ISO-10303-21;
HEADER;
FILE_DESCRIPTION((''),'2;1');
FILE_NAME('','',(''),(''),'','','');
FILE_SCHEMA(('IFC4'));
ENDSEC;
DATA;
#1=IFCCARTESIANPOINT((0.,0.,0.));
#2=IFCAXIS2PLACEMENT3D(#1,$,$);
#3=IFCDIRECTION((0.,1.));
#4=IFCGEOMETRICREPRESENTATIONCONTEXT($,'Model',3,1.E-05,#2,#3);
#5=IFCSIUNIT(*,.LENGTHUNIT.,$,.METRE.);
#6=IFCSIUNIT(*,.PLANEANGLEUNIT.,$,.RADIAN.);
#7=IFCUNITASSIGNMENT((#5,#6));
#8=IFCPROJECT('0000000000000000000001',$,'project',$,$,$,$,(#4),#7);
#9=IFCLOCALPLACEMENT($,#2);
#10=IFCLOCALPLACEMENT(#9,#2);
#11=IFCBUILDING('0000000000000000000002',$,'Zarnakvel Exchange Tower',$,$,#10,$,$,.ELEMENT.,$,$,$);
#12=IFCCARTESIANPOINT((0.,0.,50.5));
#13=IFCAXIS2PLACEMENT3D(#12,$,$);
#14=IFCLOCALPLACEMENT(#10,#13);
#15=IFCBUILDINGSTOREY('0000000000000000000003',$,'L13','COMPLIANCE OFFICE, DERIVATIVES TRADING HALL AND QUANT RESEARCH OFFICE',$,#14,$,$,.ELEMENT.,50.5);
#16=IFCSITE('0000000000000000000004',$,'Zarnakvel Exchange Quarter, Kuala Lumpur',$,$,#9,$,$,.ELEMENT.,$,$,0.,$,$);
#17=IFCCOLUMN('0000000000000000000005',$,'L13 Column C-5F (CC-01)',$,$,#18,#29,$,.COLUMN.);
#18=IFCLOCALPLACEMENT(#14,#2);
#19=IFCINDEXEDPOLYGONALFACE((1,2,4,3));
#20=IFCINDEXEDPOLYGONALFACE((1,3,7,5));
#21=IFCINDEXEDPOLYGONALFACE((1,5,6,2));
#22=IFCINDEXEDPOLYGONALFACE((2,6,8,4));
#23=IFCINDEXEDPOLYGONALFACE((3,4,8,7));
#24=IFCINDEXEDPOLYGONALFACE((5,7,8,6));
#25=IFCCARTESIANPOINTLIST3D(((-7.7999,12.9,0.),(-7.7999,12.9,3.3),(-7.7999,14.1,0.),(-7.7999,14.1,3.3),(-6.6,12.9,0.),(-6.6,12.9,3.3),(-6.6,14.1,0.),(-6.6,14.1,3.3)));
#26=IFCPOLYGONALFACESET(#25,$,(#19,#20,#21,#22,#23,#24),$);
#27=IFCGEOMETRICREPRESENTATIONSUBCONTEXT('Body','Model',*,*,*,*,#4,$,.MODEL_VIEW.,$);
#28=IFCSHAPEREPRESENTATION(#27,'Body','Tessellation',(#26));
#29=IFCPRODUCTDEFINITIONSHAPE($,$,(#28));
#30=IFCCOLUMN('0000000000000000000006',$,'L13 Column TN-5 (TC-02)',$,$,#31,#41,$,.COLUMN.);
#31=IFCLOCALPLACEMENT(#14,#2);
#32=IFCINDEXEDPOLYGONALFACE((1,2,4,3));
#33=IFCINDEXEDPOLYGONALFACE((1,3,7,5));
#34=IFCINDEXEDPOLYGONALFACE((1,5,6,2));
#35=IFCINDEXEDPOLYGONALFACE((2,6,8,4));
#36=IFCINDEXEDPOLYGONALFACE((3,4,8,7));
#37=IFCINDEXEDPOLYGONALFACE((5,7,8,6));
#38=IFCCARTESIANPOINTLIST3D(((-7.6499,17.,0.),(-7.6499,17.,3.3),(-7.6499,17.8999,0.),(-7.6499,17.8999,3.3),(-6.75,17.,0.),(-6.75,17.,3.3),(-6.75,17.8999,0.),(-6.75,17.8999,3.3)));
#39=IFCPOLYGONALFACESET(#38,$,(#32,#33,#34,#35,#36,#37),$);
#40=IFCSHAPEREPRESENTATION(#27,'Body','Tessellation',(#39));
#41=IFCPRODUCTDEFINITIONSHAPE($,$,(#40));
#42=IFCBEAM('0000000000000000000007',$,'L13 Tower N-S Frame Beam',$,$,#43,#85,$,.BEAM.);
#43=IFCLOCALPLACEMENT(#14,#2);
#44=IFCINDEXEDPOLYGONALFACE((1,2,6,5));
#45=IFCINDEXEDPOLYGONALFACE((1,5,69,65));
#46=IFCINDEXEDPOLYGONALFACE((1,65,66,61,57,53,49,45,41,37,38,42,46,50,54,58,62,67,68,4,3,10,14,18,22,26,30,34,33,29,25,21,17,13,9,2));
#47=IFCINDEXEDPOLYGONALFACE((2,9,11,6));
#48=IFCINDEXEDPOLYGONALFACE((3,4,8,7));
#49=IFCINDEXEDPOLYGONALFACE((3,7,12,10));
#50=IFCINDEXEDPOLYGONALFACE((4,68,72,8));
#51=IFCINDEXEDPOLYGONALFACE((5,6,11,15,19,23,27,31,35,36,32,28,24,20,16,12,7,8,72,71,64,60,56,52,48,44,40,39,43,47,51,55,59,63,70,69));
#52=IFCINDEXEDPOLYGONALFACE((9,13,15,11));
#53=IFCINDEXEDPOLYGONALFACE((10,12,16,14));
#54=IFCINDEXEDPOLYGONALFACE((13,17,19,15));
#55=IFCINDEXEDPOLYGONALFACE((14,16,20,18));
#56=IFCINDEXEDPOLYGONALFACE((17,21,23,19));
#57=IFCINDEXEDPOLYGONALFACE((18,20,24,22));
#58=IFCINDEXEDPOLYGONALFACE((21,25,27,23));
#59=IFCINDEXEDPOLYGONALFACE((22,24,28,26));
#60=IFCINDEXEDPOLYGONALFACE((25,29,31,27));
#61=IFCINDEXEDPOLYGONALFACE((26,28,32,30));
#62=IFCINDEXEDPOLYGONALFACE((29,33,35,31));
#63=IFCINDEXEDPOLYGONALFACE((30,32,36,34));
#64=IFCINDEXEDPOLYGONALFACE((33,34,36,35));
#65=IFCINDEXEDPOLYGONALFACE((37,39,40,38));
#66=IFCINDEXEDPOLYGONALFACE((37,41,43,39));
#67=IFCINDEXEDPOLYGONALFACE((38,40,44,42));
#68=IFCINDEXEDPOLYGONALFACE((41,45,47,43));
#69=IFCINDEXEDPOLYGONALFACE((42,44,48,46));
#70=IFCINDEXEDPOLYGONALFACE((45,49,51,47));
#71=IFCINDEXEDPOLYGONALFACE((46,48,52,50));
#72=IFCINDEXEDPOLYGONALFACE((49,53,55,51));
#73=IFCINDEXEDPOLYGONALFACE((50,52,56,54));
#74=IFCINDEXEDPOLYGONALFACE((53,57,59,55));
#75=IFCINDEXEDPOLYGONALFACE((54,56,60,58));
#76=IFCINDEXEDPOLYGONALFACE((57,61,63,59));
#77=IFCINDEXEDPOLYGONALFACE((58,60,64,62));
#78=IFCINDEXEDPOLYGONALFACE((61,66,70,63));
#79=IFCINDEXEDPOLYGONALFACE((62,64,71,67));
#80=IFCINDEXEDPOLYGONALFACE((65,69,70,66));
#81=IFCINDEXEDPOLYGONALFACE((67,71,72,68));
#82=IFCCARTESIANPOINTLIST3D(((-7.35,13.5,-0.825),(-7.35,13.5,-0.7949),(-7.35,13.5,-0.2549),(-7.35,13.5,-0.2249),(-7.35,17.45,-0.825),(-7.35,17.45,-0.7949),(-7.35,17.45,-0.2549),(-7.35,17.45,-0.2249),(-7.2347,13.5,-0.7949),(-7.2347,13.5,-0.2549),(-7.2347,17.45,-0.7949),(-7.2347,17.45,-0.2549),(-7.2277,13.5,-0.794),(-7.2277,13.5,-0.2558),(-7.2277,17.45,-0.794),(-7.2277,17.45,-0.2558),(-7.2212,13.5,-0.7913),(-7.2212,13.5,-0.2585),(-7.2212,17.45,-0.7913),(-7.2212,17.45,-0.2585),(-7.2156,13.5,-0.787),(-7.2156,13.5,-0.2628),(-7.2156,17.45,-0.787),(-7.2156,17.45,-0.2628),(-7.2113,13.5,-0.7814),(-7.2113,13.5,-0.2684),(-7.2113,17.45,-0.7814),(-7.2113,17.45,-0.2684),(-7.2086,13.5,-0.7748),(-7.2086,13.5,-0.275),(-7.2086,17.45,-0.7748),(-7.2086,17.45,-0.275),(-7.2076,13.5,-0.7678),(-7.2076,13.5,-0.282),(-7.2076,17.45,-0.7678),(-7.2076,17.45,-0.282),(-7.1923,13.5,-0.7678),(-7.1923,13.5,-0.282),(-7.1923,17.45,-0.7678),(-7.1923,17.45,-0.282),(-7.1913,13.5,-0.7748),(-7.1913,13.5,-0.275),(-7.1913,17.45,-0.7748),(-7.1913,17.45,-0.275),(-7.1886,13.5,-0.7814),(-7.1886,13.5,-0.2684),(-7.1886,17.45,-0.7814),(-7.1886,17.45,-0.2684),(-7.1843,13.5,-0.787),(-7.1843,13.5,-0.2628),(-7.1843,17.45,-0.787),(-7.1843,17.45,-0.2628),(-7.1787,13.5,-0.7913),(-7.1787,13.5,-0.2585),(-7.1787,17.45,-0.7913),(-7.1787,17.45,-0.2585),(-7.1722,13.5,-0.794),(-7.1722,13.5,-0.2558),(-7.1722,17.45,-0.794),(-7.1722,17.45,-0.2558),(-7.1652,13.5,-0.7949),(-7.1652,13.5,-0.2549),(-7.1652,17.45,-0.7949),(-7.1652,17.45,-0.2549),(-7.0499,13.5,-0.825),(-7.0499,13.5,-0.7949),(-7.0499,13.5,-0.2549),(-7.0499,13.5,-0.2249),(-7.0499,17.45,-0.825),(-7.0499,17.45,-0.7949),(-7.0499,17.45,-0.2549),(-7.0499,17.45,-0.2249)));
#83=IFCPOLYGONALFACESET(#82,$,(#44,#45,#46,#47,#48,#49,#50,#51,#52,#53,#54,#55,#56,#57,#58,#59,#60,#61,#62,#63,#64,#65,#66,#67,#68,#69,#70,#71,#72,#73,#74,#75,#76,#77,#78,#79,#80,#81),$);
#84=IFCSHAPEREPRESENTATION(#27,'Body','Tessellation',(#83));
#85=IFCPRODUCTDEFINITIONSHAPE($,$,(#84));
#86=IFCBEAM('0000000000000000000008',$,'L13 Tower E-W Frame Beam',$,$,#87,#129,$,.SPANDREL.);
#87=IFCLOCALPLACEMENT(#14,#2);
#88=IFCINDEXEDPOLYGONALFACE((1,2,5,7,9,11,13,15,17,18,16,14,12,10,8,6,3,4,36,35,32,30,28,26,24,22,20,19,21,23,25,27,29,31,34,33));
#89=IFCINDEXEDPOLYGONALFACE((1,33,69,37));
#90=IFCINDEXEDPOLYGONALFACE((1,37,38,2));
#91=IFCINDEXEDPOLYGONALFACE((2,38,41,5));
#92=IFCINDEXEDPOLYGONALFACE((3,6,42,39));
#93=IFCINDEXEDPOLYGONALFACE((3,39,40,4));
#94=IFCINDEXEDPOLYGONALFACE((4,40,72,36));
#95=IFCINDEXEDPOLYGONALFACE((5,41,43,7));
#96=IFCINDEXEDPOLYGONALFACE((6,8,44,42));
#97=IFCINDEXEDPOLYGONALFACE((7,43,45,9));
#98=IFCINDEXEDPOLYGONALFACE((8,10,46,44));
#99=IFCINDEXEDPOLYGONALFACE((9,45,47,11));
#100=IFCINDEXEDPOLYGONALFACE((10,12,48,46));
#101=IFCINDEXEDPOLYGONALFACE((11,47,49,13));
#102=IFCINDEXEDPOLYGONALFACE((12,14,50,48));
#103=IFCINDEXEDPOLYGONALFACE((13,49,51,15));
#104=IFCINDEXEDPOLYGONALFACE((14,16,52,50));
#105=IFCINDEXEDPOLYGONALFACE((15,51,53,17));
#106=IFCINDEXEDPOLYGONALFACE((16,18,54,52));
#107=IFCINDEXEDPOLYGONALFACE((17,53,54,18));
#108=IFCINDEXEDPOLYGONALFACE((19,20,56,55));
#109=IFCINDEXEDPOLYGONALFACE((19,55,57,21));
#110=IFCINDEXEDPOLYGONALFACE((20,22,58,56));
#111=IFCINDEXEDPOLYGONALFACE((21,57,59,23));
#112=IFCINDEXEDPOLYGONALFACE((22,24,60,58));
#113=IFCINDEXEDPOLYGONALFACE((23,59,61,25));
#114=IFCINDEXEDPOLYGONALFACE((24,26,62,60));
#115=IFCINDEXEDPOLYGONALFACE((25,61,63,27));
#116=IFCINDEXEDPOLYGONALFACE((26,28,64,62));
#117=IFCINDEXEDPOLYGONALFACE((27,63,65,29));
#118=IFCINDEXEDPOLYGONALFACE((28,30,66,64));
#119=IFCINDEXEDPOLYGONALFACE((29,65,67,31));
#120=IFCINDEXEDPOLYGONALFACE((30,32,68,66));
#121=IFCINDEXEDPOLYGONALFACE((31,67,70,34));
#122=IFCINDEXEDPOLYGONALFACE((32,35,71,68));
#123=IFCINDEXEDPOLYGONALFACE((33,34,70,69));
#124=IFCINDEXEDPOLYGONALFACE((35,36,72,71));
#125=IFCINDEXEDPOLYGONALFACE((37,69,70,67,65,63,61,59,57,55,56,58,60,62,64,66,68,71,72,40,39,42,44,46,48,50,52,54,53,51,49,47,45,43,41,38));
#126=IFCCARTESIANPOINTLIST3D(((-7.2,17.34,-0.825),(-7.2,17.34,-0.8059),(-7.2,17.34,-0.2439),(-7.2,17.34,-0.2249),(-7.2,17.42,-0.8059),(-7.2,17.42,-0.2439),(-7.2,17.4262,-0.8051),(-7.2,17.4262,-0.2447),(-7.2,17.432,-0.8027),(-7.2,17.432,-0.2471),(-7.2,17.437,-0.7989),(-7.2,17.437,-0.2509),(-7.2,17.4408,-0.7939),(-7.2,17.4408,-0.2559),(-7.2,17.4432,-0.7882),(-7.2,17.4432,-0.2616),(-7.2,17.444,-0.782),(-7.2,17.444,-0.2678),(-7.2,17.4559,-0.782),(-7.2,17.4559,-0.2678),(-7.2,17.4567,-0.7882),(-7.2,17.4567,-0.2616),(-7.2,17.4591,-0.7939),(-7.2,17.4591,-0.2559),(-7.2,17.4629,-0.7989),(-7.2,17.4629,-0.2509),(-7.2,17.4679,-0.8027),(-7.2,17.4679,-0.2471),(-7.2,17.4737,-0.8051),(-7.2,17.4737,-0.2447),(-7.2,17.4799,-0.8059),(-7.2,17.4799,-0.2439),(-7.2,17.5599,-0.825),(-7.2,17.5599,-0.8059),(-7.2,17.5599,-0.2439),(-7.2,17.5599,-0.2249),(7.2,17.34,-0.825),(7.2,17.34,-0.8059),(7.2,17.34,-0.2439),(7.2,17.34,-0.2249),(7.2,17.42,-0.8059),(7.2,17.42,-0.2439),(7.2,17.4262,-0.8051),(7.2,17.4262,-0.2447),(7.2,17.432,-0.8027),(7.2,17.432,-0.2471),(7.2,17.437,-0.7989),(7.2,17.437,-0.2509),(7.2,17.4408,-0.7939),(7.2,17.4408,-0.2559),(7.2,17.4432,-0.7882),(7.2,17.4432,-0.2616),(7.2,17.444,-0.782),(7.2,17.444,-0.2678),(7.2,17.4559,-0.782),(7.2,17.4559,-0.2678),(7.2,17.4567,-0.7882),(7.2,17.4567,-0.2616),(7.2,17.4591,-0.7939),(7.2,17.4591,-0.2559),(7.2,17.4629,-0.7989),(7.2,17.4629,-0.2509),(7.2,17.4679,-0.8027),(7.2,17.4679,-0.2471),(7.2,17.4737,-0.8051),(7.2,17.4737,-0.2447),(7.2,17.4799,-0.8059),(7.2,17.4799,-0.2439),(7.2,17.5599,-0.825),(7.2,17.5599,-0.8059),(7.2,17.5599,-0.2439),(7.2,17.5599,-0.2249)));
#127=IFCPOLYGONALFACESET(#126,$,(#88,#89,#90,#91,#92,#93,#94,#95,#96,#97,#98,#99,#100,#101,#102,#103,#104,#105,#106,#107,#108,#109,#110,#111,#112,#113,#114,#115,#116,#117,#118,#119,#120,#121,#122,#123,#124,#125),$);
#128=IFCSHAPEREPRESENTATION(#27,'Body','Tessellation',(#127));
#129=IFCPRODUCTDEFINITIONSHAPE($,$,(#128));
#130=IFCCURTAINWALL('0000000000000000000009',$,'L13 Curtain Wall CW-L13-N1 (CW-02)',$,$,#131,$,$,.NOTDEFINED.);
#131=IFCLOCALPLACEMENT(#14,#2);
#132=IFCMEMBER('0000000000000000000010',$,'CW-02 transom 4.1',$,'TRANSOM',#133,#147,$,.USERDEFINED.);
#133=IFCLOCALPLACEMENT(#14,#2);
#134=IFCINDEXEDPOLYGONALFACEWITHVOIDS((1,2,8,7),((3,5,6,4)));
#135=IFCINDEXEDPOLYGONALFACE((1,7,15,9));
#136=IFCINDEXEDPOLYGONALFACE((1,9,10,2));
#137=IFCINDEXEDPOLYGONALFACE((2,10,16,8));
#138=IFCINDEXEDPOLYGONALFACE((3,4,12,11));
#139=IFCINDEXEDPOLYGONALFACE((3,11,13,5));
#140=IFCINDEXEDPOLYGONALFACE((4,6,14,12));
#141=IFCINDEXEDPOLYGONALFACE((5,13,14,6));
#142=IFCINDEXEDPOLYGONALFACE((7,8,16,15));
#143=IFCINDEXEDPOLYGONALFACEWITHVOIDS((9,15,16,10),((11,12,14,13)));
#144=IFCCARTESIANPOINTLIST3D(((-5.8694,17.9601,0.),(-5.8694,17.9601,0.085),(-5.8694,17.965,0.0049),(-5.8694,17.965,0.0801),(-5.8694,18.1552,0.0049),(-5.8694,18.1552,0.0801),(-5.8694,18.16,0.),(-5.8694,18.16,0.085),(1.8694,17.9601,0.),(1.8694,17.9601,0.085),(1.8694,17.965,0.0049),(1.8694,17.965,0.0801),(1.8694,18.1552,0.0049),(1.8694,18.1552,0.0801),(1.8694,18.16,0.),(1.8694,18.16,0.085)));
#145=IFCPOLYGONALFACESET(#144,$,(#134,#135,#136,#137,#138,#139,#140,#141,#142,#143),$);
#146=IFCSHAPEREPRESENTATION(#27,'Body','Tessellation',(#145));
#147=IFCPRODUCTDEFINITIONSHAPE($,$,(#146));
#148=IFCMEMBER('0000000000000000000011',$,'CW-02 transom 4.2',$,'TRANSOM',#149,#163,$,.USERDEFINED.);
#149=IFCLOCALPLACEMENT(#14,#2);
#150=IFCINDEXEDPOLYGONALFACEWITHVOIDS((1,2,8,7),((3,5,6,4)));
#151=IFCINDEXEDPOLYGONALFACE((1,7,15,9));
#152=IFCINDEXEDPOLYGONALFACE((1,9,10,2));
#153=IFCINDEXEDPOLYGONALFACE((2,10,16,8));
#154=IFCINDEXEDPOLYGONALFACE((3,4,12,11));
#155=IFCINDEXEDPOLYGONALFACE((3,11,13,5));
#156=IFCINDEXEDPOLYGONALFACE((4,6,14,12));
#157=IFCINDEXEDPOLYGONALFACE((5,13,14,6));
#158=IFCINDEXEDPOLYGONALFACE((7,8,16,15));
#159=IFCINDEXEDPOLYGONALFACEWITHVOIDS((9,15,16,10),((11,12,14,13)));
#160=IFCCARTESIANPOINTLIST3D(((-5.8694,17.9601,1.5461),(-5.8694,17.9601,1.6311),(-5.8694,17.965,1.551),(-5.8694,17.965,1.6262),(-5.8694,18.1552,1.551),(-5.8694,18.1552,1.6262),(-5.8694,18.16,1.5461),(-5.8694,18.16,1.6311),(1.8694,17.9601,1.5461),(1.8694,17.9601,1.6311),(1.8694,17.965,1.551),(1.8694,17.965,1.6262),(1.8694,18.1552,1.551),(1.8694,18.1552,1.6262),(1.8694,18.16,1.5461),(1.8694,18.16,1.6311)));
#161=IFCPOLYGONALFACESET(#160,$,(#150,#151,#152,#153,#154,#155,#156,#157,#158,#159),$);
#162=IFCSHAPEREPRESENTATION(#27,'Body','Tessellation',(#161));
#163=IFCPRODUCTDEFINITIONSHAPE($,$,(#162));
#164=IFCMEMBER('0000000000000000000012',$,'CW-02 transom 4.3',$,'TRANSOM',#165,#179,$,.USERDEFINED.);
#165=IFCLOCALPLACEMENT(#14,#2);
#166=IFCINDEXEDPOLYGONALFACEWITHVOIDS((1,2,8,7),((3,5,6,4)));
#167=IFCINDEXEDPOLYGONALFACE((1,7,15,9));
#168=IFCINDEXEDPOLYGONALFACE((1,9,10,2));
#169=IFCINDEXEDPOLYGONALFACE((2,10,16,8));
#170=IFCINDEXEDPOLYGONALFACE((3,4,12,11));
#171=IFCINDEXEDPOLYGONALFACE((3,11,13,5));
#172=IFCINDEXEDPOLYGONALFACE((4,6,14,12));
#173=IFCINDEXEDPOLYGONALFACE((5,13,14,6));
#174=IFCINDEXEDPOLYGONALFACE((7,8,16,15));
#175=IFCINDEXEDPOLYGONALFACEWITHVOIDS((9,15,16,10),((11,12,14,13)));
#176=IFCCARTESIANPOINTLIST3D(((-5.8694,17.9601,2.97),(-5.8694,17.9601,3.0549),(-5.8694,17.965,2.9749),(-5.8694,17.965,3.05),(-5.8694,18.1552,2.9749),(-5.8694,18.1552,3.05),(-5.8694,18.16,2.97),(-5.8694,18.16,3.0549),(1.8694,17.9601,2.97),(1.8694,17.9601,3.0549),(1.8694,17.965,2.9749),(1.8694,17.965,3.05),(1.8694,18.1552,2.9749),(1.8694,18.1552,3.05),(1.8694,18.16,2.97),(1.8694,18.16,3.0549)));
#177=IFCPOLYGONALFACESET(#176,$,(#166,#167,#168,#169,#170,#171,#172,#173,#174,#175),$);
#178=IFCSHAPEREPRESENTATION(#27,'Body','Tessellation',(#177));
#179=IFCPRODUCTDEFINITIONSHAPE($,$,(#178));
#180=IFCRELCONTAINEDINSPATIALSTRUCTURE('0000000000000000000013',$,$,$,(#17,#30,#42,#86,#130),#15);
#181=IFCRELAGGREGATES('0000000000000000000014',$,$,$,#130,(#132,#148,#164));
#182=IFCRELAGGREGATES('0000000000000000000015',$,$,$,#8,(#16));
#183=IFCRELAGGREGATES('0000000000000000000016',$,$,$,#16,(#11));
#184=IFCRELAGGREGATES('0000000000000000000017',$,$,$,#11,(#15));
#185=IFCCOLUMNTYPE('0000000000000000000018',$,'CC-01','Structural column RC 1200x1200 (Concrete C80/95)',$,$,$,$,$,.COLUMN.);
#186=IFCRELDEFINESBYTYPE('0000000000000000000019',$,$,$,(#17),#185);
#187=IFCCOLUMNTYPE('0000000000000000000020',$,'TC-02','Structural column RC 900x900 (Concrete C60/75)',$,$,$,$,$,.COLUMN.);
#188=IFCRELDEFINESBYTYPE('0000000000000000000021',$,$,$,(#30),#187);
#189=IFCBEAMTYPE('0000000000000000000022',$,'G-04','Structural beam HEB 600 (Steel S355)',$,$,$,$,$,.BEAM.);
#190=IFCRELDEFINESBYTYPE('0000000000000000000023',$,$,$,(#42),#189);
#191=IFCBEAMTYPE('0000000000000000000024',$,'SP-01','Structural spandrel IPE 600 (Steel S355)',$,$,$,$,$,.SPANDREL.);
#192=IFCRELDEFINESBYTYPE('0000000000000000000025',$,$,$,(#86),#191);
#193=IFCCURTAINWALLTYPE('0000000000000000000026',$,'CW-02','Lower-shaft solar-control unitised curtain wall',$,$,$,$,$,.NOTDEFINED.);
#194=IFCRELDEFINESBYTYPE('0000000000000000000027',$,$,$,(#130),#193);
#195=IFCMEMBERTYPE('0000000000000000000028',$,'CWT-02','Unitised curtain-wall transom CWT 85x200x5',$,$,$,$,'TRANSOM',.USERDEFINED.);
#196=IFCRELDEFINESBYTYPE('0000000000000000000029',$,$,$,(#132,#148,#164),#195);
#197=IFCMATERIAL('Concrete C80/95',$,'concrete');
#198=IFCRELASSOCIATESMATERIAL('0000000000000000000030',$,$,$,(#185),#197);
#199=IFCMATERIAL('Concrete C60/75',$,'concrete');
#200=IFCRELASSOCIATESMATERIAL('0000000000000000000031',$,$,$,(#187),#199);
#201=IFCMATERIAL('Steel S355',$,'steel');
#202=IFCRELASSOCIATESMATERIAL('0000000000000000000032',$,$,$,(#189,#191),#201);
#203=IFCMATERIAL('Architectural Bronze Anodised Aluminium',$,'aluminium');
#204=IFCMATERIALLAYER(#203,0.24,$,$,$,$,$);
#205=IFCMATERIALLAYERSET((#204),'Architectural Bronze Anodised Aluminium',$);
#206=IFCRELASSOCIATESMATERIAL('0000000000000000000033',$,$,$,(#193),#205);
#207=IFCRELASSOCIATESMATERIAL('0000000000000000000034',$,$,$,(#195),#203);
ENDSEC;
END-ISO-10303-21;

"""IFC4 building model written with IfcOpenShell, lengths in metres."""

from ifc_helpers import new_model, si_unit, direction, frame, origin, origin_2d, place, context, subcontext, project, spatial, rectangle, hollow_rectangle, i_section, extrude, source, transform, mapped, material, layer, layer_set, material_profile, profile_set, type_object, element, aggregate, save


model = new_model("IFC4")

# Units and contexts
model_context = context("Model", 3, precision=1e-05, world=origin(), true_north=direction((0.0, 1.0)))
body_context = subcontext(model_context, "Body", "Model", "MODEL_VIEW")
ifc_project = project(units=[si_unit("LENGTHUNIT", "METRE"), si_unit("PLANEANGLEUNIT", "RADIAN")], contexts=[model_context])

# Site, building, storey
site_placement = place(None, origin())
site = spatial("IfcSite", under=ifc_project, at=site_placement, Name="Zarnakvel Exchange Quarter, Kuala Lumpur", CompositionType="ELEMENT", RefElevation=0.0)
building_placement = place(site_placement, origin())
building = spatial("IfcBuilding", under=site, at=building_placement, Name="Zarnakvel Exchange Tower", CompositionType="ELEMENT")
storey_placement = place(building_placement, frame((0.0, 0.0, 50.5)))
storey = spatial("IfcBuildingStorey", under=building, at=storey_placement, Name="L13", Description="COMPLIANCE OFFICE, DERIVATIVES TRADING HALL AND QUANT RESEARCH OFFICE", CompositionType="ELEMENT", Elevation=50.5)

# Columns
ifc_material_1 = material(Name="Concrete C80/95", Category="concrete")
ifc_material_profile_1 = material_profile(ifc_material_1, rectangle(XDim=1.2, YDim=1.2, at=origin_2d()))
ifc_profile_set_1 = profile_set([ifc_material_profile_1], Name="Concrete C80/95")
column_type_1 = type_object("IfcColumnType", Name="CC-01", Description="Structural column RC 1200x1200 (Concrete C80/95)", PredefinedType="COLUMN", material=ifc_profile_set_1)
column_1_placement = place(storey_placement, frame((-7.2, 13.5, 0.0), z_axis=(0.0, 0.0, 1.0), x_axis=(1.0, 0.0, 0.0)))
element("IfcColumn", 1, at=column_1_placement, inside=storey, type_object=column_type_1, Name="L13 Column C-5F (CC-01)", PredefinedType="COLUMN", context=body_context, shape_type="SweptSolid", body=[
    extrude(rectangle(XDim=1.2, YDim=1.2, at=origin_2d()), origin(), (0.0, 0.0, 1.0), 3.3),
])
ifc_material_2 = material(Name="Concrete C60/75", Category="concrete")
ifc_material_profile_2 = material_profile(ifc_material_2, rectangle(XDim=0.8999, YDim=0.8999, at=origin_2d()))
ifc_profile_set_2 = profile_set([ifc_material_profile_2], Name="Concrete C60/75")
column_type_2 = type_object("IfcColumnType", Name="TC-02", Description="Structural column RC 900x900 (Concrete C60/75)", PredefinedType="COLUMN", material=ifc_profile_set_2)
column_2_placement = place(storey_placement, frame((-7.2, 17.45, 0.0), z_axis=(0.0, 0.0, 1.0), x_axis=(1.0, 0.0, 0.0)))
element("IfcColumn", 2, at=column_2_placement, inside=storey, type_object=column_type_2, Name="L13 Column TN-5 (TC-02)", PredefinedType="COLUMN", context=body_context, shape_type="SweptSolid", body=[
    extrude(rectangle(XDim=0.8999, YDim=0.8999, at=origin_2d()), origin(), (0.0, 0.0, 1.0), 3.3),
])

# Beams
ifc_material_3 = material(Name="Steel S355", Category="steel")
ifc_material_profile_3 = material_profile(ifc_material_3, i_section(OverallWidth=0.3, OverallDepth=0.6001, WebThickness=0.0154, FlangeThickness=0.03, FilletRadius=0.0271, at=origin_2d()))
ifc_profile_set_3 = profile_set([ifc_material_profile_3], Name="Steel S355")
beam_type_1 = type_object("IfcBeamType", Name="G-04", Description="Structural beam HEB 600 (Steel S355)", PredefinedType="BEAM", material=ifc_profile_set_3)
beam_1_placement = place(storey_placement, frame((-7.2, 13.5, -0.5249), z_axis=(0.0, 1.0, 0.0), x_axis=(-1.0, 0.0, 0.0)))
element("IfcBeam", 3, at=beam_1_placement, inside=storey, type_object=beam_type_1, Name="L13 Tower N-S Frame Beam", PredefinedType="BEAM", context=body_context, shape_type="SweptSolid", body=[
    extrude(i_section(OverallWidth=0.3, OverallDepth=0.6001, WebThickness=0.0154, FlangeThickness=0.03, FilletRadius=0.0271, at=origin_2d()), origin(), (0.0, 0.0, 1.0), 3.95),
])
ifc_material_profile_4 = material_profile(ifc_material_3, i_section(OverallWidth=0.22, OverallDepth=0.6001, WebThickness=0.012, FlangeThickness=0.019, FilletRadius=0.0239, at=origin_2d()))
ifc_profile_set_4 = profile_set([ifc_material_profile_4], Name="Steel S355")
beam_type_2 = type_object("IfcBeamType", Name="SP-01", Description="Structural spandrel IPE 600 (Steel S355)", PredefinedType="SPANDREL", material=ifc_profile_set_4)
beam_2_placement = place(storey_placement, frame((-7.2, 17.45, -0.5249), z_axis=(1.0, 0.0, 0.0), x_axis=(0.0, 1.0, 0.0)))
element("IfcBeam", 4, at=beam_2_placement, inside=storey, type_object=beam_type_2, Name="L13 Tower E-W Frame Beam", PredefinedType="SPANDREL", context=body_context, shape_type="SweptSolid", body=[
    extrude(i_section(OverallWidth=0.22, OverallDepth=0.6001, WebThickness=0.012, FlangeThickness=0.019, FilletRadius=0.0239, at=origin_2d()), origin(), (0.0, 0.0, 1.0), 14.3999),
])

# Curtain wall, members
ifc_material_4 = material(Name="Architectural Bronze Anodised Aluminium", Category="aluminium")
ifc_layer_1 = layer(ifc_material_4, 0.24)
ifc_layer_set_1 = layer_set([ifc_layer_1], Name="Architectural Bronze Anodised Aluminium")
curtain_wall_type = type_object("IfcCurtainWallType", Name="CW-02", Description="Lower-shaft solar-control unitised curtain wall", PredefinedType="NOTDEFINED", material=ifc_layer_set_1)
curtain_wall_placement = place(storey_placement, origin())
curtain_wall = element("IfcCurtainWall", 5, at=curtain_wall_placement, inside=storey, type_object=curtain_wall_type, Name="L13 Curtain Wall CW-L13-N1 (CW-02)", PredefinedType="NOTDEFINED")
ifc_material_profile_5 = material_profile(ifc_material_4, hollow_rectangle(XDim=0.2, YDim=0.085, WallThickness=0.0049, at=origin_2d()))
ifc_profile_set_5 = profile_set([ifc_material_profile_5], Name="Architectural Bronze Anodised Aluminium")
member_type_1 = type_object("IfcMemberType", Name="CWT-02", Description="Unitised curtain-wall transom CWT 85x200x5", ElementType="TRANSOM", PredefinedType="USERDEFINED", material=ifc_profile_set_5)
shared_shape_1 = source(origin(), body_context, "Body", "SweptSolid", [
    extrude(hollow_rectangle(XDim=0.2, YDim=0.085, WallThickness=0.0049, at=origin_2d()), origin(), (0.0, 0.0, 1.0), 7.7388),
])
member_1_placement = place(storey_placement, frame((-5.8694, 18.0601, 0.0425), z_axis=(1.0, 0.0, 0.0), x_axis=(0.0, 1.0, 0.0)))
member_1 = element("IfcMember", 6, at=member_1_placement, type_object=member_type_1, Name="CW-02 transom 4.1", ObjectType="TRANSOM", PredefinedType="USERDEFINED", context=body_context, shape_type="MappedRepresentation", body=[
    mapped(shared_shape_1, transform((0.0, 0.0, 0.0), x_axis=(1.0, 0.0, 0.0), y_axis=(0.0, 1.0, 0.0), z_axis=(0.0, 0.0, 1.0), scale=1.0)),
])
member_2_placement = place(storey_placement, frame((-5.8694, 18.0601, 1.5886), z_axis=(1.0, 0.0, 0.0), x_axis=(0.0, 1.0, 0.0)))
member_2 = element("IfcMember", 7, at=member_2_placement, type_object=member_type_1, Name="CW-02 transom 4.2", ObjectType="TRANSOM", PredefinedType="USERDEFINED", context=body_context, shape_type="MappedRepresentation", body=[
    mapped(shared_shape_1, transform((0.0, 0.0, 0.0), x_axis=(1.0, 0.0, 0.0), y_axis=(0.0, 1.0, 0.0), z_axis=(0.0, 0.0, 1.0), scale=1.0)),
])
member_3_placement = place(storey_placement, frame((-5.8694, 18.0601, 3.0125), z_axis=(1.0, 0.0, 0.0), x_axis=(0.0, 1.0, 0.0)))
member_3 = element("IfcMember", 8, at=member_3_placement, type_object=member_type_1, Name="CW-02 transom 4.3", ObjectType="TRANSOM", PredefinedType="USERDEFINED", context=body_context, shape_type="MappedRepresentation", body=[
    mapped(shared_shape_1, transform((0.0, 0.0, 0.0), x_axis=(1.0, 0.0, 0.0), y_axis=(0.0, 1.0, 0.0), z_axis=(0.0, 0.0, 1.0), scale=1.0)),
])
aggregate(curtain_wall, [member_1, member_2, member_3])

save(model, "model.ifc")
